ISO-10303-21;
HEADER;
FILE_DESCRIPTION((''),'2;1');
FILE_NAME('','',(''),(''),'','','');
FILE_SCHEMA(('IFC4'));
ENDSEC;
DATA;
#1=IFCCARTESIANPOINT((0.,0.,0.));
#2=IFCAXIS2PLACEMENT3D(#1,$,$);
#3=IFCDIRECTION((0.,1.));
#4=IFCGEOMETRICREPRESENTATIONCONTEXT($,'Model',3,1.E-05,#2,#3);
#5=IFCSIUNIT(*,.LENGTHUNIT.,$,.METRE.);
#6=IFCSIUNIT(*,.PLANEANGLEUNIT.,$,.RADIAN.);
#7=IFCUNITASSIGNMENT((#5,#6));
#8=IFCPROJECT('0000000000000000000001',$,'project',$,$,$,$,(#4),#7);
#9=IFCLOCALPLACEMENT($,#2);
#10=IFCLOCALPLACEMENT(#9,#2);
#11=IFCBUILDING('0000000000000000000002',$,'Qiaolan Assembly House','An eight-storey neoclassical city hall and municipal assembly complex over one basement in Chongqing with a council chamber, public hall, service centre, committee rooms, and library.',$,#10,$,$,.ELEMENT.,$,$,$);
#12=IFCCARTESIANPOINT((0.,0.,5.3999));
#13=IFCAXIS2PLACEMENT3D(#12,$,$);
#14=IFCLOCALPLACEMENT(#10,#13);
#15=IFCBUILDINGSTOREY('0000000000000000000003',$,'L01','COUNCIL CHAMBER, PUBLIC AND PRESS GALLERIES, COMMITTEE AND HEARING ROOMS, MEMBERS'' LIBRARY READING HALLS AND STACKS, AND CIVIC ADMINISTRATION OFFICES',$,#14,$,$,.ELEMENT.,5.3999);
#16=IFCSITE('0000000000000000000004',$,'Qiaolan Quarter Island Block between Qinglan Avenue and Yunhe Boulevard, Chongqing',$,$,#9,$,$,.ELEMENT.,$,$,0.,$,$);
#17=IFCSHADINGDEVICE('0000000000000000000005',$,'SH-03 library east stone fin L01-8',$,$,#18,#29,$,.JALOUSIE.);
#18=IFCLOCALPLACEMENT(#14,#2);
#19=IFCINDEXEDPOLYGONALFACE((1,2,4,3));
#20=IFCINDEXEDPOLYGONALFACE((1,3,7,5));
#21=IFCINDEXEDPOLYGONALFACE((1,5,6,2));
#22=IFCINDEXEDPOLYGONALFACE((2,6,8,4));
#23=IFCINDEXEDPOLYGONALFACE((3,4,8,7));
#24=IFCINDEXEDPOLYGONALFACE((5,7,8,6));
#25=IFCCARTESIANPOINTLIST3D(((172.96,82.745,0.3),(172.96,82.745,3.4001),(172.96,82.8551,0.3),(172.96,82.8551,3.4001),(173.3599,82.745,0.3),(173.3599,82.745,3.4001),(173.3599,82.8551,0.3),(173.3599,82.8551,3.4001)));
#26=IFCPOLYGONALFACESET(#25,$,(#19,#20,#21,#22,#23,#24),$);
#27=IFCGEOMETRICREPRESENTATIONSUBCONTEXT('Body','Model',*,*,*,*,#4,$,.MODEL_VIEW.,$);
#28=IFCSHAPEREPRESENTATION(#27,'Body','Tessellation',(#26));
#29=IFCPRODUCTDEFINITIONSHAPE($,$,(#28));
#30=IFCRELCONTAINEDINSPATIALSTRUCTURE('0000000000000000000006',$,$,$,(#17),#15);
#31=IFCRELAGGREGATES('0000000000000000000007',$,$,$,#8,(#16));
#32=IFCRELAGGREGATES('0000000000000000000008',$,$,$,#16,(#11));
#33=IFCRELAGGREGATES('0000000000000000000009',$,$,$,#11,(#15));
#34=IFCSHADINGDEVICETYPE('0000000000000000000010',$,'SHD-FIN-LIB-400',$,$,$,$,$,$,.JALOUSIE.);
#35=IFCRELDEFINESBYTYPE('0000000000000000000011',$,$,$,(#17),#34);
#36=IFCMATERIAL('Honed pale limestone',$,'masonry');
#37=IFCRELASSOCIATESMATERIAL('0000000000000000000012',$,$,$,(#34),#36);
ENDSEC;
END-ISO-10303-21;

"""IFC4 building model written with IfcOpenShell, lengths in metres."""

from ifc_helpers import new_model, si_unit, direction, frame, origin, origin_2d, place, context, subcontext, project, spatial, rectangle, extrude, material, material_profile, profile_set, type_object, element, save


model = new_model("IFC4")

# Units and contexts
model_context = context("Model", 3, precision=1e-05, world=origin(), true_north=direction((0.0, 1.0)))
body_context = subcontext(model_context, "Body", "Model", "MODEL_VIEW")
ifc_project = project(units=[si_unit("LENGTHUNIT", "METRE"), si_unit("PLANEANGLEUNIT", "RADIAN")], contexts=[model_context])

# Site, building, storey
site_placement = place(None, origin())
site = spatial("IfcSite", under=ifc_project, at=site_placement, Name="Qiaolan Quarter Island Block between Qinglan Avenue and Yunhe Boulevard, Chongqing", CompositionType="ELEMENT", RefElevation=0.0)
building_placement = place(site_placement, origin())
building = spatial("IfcBuilding", under=site, at=building_placement, Name="Qiaolan Assembly House", Description="An eight-storey neoclassical city hall and municipal assembly complex over one basement in Chongqing with a council chamber, public hall, service centre, committee rooms, and library.", CompositionType="ELEMENT")
storey_placement = place(building_placement, frame((0.0, 0.0, 5.3999)))
storey = spatial("IfcBuildingStorey", under=building, at=storey_placement, Name="L01", Description="COUNCIL CHAMBER, PUBLIC AND PRESS GALLERIES, COMMITTEE AND HEARING ROOMS, MEMBERS' LIBRARY READING HALLS AND STACKS, AND CIVIC ADMINISTRATION OFFICES", CompositionType="ELEMENT", Elevation=5.3999)

# Shared definitions
ifc_material_1 = material(Name="Honed pale limestone", Category="masonry")

# Shading device
ifc_material_profile_1 = material_profile(ifc_material_1, rectangle(XDim=0.1101, YDim=0.3999, at=origin_2d()), Name="FIN 110x400")
ifc_profile_set_1 = profile_set([ifc_material_profile_1], Name="Honed pale limestone")
shading_device_type = type_object("IfcShadingDeviceType", Name="SHD-FIN-LIB-400", PredefinedType="JALOUSIE", material=ifc_profile_set_1)
for number, where, z_axis, x_axis, name in (
    (1, (173.1599, 82.8, 0.3), (0.0, 0.0, 1.0), (0.0, 1.0, 0.0), "SH-03 library east stone fin L01-8"),
):
    element("IfcShadingDevice", number, at=place(storey_placement, frame(where, z_axis=z_axis, x_axis=x_axis)), inside=storey, type_object=shading_device_type, Name=name, PredefinedType="JALOUSIE", context=body_context, shape_type="SweptSolid", body=[
        extrude(rectangle(XDim=0.1101, YDim=0.3999, at=origin_2d()), origin(), (0.0, 0.0, 1.0), 3.1001),
    ])

save(model, "model.ifc")
